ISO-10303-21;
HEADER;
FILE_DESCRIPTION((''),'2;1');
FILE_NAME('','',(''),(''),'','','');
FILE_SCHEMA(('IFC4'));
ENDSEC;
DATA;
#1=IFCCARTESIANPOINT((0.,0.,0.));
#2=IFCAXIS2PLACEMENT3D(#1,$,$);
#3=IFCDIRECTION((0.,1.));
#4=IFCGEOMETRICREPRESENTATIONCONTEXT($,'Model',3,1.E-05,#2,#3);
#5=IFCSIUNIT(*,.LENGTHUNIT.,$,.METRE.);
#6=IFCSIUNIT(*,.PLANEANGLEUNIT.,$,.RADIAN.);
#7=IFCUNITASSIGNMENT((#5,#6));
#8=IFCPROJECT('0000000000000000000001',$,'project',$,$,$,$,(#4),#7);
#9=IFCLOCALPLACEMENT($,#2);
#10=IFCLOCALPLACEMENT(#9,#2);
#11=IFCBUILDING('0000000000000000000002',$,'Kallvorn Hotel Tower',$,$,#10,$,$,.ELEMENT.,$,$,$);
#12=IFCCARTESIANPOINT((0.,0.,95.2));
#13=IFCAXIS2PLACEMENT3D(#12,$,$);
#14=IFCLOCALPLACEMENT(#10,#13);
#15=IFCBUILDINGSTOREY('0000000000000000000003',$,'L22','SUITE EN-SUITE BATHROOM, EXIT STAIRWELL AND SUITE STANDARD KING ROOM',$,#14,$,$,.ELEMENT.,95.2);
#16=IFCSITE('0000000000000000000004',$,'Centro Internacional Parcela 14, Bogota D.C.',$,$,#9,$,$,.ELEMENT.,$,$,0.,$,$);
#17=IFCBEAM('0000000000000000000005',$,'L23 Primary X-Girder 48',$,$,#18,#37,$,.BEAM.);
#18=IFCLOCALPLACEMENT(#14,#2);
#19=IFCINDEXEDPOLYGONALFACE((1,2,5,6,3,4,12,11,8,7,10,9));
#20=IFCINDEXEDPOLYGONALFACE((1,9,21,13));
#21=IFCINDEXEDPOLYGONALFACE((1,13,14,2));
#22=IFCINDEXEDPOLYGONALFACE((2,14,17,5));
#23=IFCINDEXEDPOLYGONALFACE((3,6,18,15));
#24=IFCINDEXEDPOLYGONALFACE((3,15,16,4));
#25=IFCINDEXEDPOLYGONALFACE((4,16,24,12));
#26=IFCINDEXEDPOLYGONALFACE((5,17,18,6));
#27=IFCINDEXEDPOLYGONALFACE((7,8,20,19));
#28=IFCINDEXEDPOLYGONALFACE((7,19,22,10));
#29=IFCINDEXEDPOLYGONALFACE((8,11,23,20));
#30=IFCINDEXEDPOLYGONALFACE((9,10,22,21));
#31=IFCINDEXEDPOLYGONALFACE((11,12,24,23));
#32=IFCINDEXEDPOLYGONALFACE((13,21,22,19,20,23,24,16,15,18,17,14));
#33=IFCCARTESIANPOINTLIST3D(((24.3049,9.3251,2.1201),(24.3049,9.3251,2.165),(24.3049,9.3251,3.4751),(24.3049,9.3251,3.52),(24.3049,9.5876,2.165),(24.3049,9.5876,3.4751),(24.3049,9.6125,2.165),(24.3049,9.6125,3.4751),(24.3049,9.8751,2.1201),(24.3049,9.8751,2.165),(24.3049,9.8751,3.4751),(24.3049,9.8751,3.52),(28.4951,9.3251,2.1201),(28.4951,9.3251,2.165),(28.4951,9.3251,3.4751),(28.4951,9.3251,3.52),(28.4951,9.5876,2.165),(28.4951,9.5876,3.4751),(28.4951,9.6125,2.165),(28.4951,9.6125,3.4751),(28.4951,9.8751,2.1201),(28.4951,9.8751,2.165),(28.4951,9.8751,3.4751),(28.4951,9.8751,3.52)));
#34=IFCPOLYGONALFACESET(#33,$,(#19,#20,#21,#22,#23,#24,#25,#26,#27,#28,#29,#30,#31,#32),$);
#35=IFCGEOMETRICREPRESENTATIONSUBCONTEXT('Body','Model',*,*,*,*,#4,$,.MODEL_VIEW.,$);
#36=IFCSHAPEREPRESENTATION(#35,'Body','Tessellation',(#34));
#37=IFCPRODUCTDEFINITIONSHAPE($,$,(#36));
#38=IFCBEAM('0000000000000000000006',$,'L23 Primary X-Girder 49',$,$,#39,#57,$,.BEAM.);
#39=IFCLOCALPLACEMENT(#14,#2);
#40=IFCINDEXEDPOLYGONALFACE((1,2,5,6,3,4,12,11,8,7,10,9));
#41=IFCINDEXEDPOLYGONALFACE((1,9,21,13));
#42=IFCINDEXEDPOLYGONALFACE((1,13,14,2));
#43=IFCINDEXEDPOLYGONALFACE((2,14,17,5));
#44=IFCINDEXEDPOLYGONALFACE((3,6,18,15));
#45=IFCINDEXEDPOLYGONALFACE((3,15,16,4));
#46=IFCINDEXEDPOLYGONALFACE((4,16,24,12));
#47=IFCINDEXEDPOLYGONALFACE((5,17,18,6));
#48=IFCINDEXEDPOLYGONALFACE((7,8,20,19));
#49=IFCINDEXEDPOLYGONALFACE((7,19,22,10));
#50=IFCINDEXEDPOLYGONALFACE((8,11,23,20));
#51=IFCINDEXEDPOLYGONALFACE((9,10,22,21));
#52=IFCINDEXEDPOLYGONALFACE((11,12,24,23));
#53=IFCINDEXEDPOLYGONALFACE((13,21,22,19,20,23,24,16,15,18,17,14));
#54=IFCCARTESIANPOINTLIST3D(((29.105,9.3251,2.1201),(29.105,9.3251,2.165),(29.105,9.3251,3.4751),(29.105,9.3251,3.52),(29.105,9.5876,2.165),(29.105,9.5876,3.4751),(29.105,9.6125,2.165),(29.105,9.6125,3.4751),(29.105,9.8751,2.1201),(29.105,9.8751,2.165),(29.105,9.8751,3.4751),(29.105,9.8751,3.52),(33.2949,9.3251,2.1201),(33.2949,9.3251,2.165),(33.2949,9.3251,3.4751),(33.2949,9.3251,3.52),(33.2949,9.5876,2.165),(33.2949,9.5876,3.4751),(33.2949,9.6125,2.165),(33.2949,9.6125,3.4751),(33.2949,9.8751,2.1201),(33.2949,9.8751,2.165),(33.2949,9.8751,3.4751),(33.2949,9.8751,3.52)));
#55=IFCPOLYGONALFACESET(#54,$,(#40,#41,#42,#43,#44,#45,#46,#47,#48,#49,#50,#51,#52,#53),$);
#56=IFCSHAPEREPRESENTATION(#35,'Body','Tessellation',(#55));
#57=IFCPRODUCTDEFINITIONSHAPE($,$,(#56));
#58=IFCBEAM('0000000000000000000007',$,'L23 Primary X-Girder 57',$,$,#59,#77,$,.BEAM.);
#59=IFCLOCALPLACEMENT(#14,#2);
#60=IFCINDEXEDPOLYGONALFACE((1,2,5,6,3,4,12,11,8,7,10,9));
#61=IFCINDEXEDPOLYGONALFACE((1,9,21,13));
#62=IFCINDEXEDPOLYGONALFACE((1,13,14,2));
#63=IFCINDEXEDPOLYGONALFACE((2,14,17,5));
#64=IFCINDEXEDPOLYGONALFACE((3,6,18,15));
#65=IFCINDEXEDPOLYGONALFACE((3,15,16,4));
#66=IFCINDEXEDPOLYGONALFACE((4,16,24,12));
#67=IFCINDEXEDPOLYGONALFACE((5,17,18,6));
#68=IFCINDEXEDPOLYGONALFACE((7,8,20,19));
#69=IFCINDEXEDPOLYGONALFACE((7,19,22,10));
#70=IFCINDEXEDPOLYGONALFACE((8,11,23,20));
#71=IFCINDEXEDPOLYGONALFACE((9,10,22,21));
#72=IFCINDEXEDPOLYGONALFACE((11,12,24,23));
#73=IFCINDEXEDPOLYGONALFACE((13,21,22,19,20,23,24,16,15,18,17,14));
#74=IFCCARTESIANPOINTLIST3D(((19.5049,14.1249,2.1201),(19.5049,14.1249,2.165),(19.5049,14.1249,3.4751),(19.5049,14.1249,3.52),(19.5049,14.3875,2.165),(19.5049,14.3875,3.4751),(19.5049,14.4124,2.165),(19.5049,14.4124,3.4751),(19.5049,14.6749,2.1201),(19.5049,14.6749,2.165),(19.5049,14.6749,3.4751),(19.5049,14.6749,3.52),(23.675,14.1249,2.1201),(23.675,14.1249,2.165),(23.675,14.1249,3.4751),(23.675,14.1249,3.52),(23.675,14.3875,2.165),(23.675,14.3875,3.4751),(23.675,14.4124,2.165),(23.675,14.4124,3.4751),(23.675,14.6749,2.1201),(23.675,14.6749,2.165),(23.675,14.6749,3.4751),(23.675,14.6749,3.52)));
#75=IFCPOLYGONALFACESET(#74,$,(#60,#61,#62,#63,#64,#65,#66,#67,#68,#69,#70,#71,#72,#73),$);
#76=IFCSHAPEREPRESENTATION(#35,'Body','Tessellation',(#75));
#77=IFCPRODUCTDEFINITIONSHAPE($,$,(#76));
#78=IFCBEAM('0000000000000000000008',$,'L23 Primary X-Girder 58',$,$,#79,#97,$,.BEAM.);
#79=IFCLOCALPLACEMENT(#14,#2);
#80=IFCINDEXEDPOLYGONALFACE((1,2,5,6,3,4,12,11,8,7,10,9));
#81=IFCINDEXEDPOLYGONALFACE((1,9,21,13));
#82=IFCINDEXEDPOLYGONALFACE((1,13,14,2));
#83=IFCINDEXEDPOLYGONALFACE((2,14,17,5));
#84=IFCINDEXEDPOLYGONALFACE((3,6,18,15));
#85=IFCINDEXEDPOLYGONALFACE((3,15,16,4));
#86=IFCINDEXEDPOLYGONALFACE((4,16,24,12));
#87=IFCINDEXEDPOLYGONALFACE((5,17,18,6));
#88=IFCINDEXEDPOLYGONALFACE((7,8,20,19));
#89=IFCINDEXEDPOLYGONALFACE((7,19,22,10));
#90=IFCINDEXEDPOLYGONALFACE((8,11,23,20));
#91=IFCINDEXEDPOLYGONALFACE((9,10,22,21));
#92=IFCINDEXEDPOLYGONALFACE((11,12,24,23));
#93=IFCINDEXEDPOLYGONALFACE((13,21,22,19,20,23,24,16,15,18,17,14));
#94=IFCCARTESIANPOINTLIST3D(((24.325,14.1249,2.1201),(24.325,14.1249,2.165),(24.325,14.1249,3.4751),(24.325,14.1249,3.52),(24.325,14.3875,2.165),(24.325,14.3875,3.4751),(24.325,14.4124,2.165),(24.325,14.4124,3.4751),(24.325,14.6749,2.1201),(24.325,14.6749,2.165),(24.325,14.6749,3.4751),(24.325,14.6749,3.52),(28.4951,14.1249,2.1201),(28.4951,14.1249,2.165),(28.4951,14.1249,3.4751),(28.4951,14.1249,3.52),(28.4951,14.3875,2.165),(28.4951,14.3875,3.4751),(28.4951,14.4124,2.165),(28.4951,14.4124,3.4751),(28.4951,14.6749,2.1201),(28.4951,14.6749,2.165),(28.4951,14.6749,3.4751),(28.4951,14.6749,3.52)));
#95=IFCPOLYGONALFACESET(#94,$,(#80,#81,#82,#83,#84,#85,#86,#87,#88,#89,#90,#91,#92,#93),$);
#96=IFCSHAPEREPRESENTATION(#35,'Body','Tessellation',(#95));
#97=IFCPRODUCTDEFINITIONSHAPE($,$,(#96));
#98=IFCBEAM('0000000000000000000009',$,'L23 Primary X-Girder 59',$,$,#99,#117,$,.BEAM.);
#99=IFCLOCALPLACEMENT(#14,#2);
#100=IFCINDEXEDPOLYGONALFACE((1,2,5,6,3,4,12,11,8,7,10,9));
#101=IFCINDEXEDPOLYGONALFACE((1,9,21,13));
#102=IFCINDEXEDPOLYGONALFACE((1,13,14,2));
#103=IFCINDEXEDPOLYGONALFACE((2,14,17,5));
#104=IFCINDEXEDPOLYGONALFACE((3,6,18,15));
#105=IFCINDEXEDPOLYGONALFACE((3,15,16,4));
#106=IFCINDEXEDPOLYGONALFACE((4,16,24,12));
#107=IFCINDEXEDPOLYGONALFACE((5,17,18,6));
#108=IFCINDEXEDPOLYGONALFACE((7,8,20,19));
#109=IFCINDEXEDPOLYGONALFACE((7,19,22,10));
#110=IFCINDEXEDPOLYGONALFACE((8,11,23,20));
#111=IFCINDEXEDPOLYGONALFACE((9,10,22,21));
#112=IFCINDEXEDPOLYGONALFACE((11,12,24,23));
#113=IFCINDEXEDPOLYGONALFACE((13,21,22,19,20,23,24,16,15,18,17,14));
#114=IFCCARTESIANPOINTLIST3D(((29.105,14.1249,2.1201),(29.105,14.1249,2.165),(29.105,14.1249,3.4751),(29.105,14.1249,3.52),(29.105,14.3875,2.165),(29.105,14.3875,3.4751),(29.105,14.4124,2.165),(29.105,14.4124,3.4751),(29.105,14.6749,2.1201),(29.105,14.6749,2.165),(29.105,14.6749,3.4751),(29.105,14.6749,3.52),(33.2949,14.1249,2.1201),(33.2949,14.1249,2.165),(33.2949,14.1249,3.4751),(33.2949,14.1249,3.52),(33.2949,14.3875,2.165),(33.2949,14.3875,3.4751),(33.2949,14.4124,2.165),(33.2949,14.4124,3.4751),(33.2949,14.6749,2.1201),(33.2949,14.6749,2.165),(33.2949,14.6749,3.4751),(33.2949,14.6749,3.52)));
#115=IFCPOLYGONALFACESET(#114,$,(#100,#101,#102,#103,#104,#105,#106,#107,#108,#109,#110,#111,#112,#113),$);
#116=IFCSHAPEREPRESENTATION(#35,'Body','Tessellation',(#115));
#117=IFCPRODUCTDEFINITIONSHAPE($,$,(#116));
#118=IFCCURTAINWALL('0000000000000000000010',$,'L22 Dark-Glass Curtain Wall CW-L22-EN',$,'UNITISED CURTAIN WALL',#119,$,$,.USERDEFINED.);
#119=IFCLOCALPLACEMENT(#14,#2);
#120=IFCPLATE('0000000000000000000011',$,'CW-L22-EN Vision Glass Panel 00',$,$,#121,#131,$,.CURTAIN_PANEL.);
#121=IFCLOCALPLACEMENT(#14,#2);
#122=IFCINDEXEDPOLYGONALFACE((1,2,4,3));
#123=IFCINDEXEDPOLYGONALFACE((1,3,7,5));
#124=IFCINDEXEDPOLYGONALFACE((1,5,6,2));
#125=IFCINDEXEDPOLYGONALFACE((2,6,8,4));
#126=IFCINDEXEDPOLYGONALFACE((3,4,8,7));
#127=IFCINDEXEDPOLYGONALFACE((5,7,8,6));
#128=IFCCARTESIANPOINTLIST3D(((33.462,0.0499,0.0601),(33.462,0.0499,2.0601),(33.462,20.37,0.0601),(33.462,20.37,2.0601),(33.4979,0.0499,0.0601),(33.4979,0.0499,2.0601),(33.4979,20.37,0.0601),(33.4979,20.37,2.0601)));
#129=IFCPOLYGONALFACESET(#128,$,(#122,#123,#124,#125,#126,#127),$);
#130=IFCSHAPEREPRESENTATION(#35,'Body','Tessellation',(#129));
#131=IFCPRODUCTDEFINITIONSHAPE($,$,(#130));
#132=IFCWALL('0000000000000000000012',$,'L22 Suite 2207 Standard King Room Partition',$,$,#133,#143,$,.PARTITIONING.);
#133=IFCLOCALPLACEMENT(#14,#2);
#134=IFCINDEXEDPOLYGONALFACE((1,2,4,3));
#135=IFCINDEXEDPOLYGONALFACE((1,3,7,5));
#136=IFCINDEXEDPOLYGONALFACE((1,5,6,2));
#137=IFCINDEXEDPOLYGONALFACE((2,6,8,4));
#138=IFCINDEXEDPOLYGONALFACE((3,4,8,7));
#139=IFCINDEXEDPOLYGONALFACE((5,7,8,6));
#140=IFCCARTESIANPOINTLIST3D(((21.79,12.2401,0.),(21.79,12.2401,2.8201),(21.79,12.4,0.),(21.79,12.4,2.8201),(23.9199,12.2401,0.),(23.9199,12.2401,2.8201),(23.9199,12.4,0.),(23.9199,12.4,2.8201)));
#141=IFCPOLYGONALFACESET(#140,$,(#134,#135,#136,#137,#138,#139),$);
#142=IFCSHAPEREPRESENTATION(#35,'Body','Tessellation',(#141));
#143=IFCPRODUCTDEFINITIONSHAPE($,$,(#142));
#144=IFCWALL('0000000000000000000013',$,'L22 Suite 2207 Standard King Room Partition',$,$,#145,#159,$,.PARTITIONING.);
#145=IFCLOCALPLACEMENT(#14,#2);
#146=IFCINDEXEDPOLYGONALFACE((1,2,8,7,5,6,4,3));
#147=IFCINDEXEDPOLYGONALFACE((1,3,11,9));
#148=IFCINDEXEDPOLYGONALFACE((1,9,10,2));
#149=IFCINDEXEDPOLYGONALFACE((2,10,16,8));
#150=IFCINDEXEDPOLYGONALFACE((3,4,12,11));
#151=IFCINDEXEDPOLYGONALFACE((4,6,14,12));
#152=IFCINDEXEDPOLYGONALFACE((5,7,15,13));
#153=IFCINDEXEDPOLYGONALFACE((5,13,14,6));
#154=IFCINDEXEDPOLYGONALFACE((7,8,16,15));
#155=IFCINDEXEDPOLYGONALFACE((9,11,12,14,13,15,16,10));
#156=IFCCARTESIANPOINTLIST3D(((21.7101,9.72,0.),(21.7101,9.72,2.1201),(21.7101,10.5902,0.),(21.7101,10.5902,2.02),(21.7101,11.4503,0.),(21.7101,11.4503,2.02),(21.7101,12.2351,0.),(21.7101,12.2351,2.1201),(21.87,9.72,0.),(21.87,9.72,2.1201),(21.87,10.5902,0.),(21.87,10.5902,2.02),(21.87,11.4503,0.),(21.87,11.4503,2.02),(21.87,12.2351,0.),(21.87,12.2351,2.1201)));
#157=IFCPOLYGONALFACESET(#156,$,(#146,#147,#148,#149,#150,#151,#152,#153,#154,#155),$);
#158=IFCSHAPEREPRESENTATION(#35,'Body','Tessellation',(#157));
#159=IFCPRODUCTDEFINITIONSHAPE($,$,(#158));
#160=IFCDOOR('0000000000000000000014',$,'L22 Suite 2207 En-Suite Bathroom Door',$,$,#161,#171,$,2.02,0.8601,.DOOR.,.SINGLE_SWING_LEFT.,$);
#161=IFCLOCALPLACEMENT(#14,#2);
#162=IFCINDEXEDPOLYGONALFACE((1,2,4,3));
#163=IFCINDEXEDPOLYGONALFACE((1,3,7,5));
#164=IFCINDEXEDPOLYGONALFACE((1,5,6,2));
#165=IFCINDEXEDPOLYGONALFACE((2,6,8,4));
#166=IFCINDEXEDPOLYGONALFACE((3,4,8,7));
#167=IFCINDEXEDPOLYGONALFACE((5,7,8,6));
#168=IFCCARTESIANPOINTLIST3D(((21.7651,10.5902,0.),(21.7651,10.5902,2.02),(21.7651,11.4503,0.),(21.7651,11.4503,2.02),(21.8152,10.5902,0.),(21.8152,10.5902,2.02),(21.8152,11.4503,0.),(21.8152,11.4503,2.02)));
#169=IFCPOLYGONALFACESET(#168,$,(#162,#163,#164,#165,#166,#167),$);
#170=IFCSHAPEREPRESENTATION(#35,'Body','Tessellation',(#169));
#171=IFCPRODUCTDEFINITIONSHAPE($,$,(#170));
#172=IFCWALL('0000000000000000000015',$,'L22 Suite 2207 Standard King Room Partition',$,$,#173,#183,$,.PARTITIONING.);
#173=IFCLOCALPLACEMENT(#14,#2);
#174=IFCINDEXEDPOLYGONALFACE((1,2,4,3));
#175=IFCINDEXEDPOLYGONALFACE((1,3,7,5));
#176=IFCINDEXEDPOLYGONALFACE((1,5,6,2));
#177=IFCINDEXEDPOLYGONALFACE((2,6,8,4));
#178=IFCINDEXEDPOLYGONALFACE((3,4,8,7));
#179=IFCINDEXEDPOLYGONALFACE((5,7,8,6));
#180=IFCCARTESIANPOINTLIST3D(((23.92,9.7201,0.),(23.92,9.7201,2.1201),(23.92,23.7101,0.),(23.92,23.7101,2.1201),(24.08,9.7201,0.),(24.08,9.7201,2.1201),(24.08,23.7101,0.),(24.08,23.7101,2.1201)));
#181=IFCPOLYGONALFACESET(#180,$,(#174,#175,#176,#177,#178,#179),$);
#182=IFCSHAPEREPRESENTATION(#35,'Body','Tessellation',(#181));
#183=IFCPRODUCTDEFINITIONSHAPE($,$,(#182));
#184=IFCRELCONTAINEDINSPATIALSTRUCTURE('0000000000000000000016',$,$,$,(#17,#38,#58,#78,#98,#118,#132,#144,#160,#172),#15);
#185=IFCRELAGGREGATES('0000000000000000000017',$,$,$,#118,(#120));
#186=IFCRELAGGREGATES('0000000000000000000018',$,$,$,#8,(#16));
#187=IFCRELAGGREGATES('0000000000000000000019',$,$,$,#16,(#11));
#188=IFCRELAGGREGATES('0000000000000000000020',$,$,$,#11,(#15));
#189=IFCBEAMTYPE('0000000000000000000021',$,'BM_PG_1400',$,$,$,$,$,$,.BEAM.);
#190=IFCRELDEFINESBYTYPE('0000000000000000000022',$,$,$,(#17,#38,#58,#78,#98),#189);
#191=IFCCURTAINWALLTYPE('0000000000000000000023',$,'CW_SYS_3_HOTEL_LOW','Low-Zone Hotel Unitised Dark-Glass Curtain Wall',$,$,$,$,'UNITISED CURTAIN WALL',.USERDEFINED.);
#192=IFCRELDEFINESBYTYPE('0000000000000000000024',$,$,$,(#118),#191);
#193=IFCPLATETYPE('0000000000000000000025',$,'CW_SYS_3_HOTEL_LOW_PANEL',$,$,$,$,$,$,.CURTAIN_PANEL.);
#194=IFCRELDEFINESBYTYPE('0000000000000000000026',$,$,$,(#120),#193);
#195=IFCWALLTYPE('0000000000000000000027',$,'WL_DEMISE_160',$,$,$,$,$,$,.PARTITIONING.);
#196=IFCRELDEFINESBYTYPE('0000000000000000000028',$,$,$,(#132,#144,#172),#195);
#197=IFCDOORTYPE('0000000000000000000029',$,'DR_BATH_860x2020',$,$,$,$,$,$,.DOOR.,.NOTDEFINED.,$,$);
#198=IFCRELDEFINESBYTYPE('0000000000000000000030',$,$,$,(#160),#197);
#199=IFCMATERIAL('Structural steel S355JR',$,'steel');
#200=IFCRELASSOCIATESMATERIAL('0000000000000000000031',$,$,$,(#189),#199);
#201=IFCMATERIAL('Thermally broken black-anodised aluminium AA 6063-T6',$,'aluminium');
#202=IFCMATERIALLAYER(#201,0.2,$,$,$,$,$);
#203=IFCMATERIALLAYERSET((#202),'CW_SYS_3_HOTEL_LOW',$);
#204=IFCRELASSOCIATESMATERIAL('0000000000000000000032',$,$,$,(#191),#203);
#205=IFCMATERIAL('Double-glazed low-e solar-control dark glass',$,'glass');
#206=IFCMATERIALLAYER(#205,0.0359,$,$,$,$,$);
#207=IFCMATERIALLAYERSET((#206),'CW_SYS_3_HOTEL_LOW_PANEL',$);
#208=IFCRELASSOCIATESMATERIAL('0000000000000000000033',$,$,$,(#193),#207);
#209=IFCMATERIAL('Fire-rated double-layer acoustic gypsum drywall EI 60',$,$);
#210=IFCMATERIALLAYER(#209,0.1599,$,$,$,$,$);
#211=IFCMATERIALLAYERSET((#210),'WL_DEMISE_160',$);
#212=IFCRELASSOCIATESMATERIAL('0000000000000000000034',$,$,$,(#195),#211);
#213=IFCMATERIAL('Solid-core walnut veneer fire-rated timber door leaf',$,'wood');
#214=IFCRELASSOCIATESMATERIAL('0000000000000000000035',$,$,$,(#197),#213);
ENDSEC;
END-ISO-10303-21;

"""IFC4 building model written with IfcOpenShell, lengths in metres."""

from ifc_helpers import new_model, si_unit, direction, frame, frame_2d, origin, origin_2d, place, context, subcontext, project, spatial, rectangle, i_section, extrude, material, layer, layer_set, material_profile, profile_set, type_object, element, fill, aggregate, save


model = new_model("IFC4")

# Units and contexts
model_context = context("Model", 3, precision=1e-05, world=origin(), true_north=direction((0.0, 1.0)))
body_context = subcontext(model_context, "Body", "Model", "MODEL_VIEW")
ifc_project = project(units=[si_unit("LENGTHUNIT", "METRE"), si_unit("PLANEANGLEUNIT", "RADIAN")], contexts=[model_context])

# Site, building, storey
site_placement = place(None, origin())
site = spatial("IfcSite", under=ifc_project, at=site_placement, Name="Centro Internacional Parcela 14, Bogota D.C.", CompositionType="ELEMENT", RefElevation=0.0)
building_placement = place(site_placement, origin())
building = spatial("IfcBuilding", under=site, at=building_placement, Name="Kallvorn Hotel Tower", CompositionType="ELEMENT")
storey_placement = place(building_placement, frame((0.0, 0.0, 95.2)))
storey = spatial("IfcBuildingStorey", under=building, at=storey_placement, Name="L22", Description="SUITE EN-SUITE BATHROOM, EXIT STAIRWELL AND SUITE STANDARD KING ROOM", CompositionType="ELEMENT", Elevation=95.2)

# Beams
ifc_material_1 = material(Name="Structural steel S355JR", Category="steel")
ifc_material_profile_1 = material_profile(ifc_material_1, i_section(OverallWidth=0.55, OverallDepth=1.3999, WebThickness=0.0249, FlangeThickness=0.0449, at=origin_2d()), Name="PG 1400x550x25x45")
ifc_profile_set_1 = profile_set([ifc_material_profile_1], Name="Structural steel S355JR")
beam_type_1 = type_object("IfcBeamType", Name="BM_PG_1400", PredefinedType="BEAM", material=ifc_profile_set_1)
for number, where, z_axis, x_axis, name in (
    (1, (24.3049, 9.6001, 2.8201), (1.0, 0.0, 0.0), (0.0, 1.0, 0.0), "L23 Primary X-Girder 48"),
):
    element("IfcBeam", number, at=place(storey_placement, frame(where, z_axis=z_axis, x_axis=x_axis)), inside=storey, type_object=beam_type_1, Name=name, PredefinedType="BEAM", context=body_context, shape_type="SweptSolid", body=[
        extrude(i_section(OverallWidth=0.55, OverallDepth=1.3999, WebThickness=0.0249, FlangeThickness=0.0449, at=origin_2d()), origin(), (0.0, 0.0, 1.0), 4.1902),
    ])
beam_1_placement = place(storey_placement, frame((29.105, 9.6001, 2.8201), z_axis=(1.0, 0.0, 0.0), x_axis=(0.0, 1.0, 0.0)))
element("IfcBeam", 2, at=beam_1_placement, inside=storey, type_object=beam_type_1, Name="L23 Primary X-Girder 49", PredefinedType="BEAM", context=body_context, shape_type="SweptSolid", body=[
    extrude(i_section(OverallWidth=0.55, OverallDepth=1.3999, WebThickness=0.0249, FlangeThickness=0.0449, at=origin_2d()), origin(), (0.0, 0.0, 1.0), 4.1899),
])
for number, where, z_axis, x_axis, name in (
    (3, (19.5049, 14.3999, 2.8201), (1.0, 0.0, 0.0), (0.0, 1.0, 0.0), "L23 Primary X-Girder 57"),
    (4, (24.325, 14.3999, 2.8201), (1.0, 0.0, 0.0), (0.0, 1.0, 0.0), "L23 Primary X-Girder 58"),
):
    element("IfcBeam", number, at=place(storey_placement, frame(where, z_axis=z_axis, x_axis=x_axis)), inside=storey, type_object=beam_type_1, Name=name, PredefinedType="BEAM", context=body_context, shape_type="SweptSolid", body=[
        extrude(i_section(OverallWidth=0.55, OverallDepth=1.3999, WebThickness=0.0249, FlangeThickness=0.0449, at=origin_2d()), origin(), (0.0, 0.0, 1.0), 4.1702),
    ])
beam_2_placement = place(storey_placement, frame((29.105, 14.3999, 2.8201), z_axis=(1.0, 0.0, 0.0), x_axis=(0.0, 1.0, 0.0)))
element("IfcBeam", 5, at=beam_2_placement, inside=storey, type_object=beam_type_1, Name="L23 Primary X-Girder 59", PredefinedType="BEAM", context=body_context, shape_type="SweptSolid", body=[
    extrude(i_section(OverallWidth=0.55, OverallDepth=1.3999, WebThickness=0.0249, FlangeThickness=0.0449, at=origin_2d()), origin(), (0.0, 0.0, 1.0), 4.1899),
])

# Curtain wall, plate
ifc_material_2 = material(Name="Thermally broken black-anodised aluminium AA 6063-T6", Category="aluminium")
ifc_layer_1 = layer(ifc_material_2, 0.2)
ifc_layer_set_1 = layer_set([ifc_layer_1], Name="CW_SYS_3_HOTEL_LOW")
curtain_wall_type = type_object("IfcCurtainWallType", Name="CW_SYS_3_HOTEL_LOW", Description="Low-Zone Hotel Unitised Dark-Glass Curtain Wall", ElementType="UNITISED CURTAIN WALL", PredefinedType="USERDEFINED", material=ifc_layer_set_1)
curtain_wall_placement = place(storey_placement, origin())
curtain_wall = element("IfcCurtainWall", 6, at=curtain_wall_placement, inside=storey, type_object=curtain_wall_type, Name="L22 Dark-Glass Curtain Wall CW-L22-EN", ObjectType="UNITISED CURTAIN WALL", PredefinedType="USERDEFINED")
ifc_material_3 = material(Name="Double-glazed low-e solar-control dark glass", Category="glass")
ifc_layer_2 = layer(ifc_material_3, 0.0359)
ifc_layer_set_2 = layer_set([ifc_layer_2], Name="CW_SYS_3_HOTEL_LOW_PANEL")
plate_type = type_object("IfcPlateType", Name="CW_SYS_3_HOTEL_LOW_PANEL", PredefinedType="CURTAIN_PANEL", material=ifc_layer_set_2)
plate_placement = place(storey_placement, frame((33.48, 10.21, 0.0601), z_axis=(0.0, 0.0, 1.0), x_axis=(0.0, 1.0, 0.0)))
plate = element("IfcPlate", 7, at=plate_placement, type_object=plate_type, Name="CW-L22-EN Vision Glass Panel 00", PredefinedType="CURTAIN_PANEL", context=body_context, shape_type="SweptSolid", body=[
    extrude(rectangle(XDim=20.3201, YDim=0.0359, at=origin_2d()), origin(), (0.0, 0.0, 1.0), 2.0),
])
aggregate(curtain_wall, [plate])

# Wall
ifc_material_4 = material(Name="Fire-rated double-layer acoustic gypsum drywall EI 60")
ifc_layer_3 = layer(ifc_material_4, 0.1599)
ifc_layer_set_3 = layer_set([ifc_layer_3], Name="WL_DEMISE_160")
wall_type_1 = type_object("IfcWallType", Name="WL_DEMISE_160", PredefinedType="PARTITIONING", material=ifc_layer_set_3)
wall_1_placement = place(storey_placement, frame((21.79, 12.3201, 0.0), z_axis=(0.0, 0.0, 1.0), x_axis=(1.0, 0.0, 0.0)))
element("IfcWall", 8, at=wall_1_placement, inside=storey, type_object=wall_type_1, Name="L22 Suite 2207 Standard King Room Partition", PredefinedType="PARTITIONING", context=body_context, shape_type="SweptSolid", body=[
    extrude(rectangle(XDim=2.1299, YDim=0.1599, at=frame_2d((1.0649, 0.0))), origin(), (0.0, 0.0, 1.0), 2.8201),
])

# Wall, opening, door
wall_2_placement = place(storey_placement, frame((21.79, 9.72, 0.0), z_axis=(0.0, 0.0, 1.0), x_axis=(0.0, 1.0, 0.0)))
wall_2 = element("IfcWall", 9, at=wall_2_placement, inside=storey, type_object=wall_type_1, Name="L22 Suite 2207 Standard King Room Partition", PredefinedType="PARTITIONING", context=body_context, shape_type="SweptSolid", body=[
    extrude(rectangle(XDim=2.5151, YDim=0.1599, at=frame_2d((1.2576, 0.0))), origin(), (0.0, 0.0, 1.0), 2.1201),
])
opening_1_placement = place(wall_2_placement, frame((0.8701, 0.0, 0.0)))
opening_1 = element("IfcOpeningElement", 10, at=opening_1_placement, cuts=wall_2, PredefinedType="OPENING", context=body_context, shape_type="SweptSolid", body=[
    extrude(rectangle(XDim=0.8601, YDim=2.02, at=frame_2d((0.4302, 1.01))), frame((0.0, 0.095, 0.0), z_axis=(0.0, -1.0, 0.0), x_axis=(1.0, 0.0, 0.0)), (0.0, 0.0, 1.0), 0.1899),
])
ifc_material_5 = material(Name="Solid-core walnut veneer fire-rated timber door leaf", Category="wood")
door_type_1 = type_object("IfcDoorType", Name="DR_BATH_860x2020", OperationType="NOTDEFINED", PredefinedType="DOOR", material=ifc_material_5)
door_1_placement = place(opening_1_placement, origin())
door_1 = element("IfcDoor", 11, at=door_1_placement, inside=storey, type_object=door_type_1, Name="L22 Suite 2207 En-Suite Bathroom Door", OperationType="SINGLE_SWING_LEFT", OverallHeight=2.02, OverallWidth=0.8601, PredefinedType="DOOR", context=body_context, shape_type="SweptSolid", body=[
    extrude(rectangle(XDim=0.8601, YDim=2.02, at=frame_2d((0.4302, 1.01))), frame((0.0, 0.0249, 0.0), z_axis=(0.0, -1.0, 0.0), x_axis=(1.0, 0.0, 0.0)), (0.0, 0.0, 1.0), 0.05),
])
fill(opening_1, door_1)

# Wall
wall_3_placement = place(storey_placement, frame((24.0, 9.72, 0.0), z_axis=(0.0, 0.0, 1.0), x_axis=(0.0, 1.0, 0.0)))
element("IfcWall", 12, at=wall_3_placement, inside=storey, type_object=wall_type_1, Name="L22 Suite 2207 Standard King Room Partition", PredefinedType="PARTITIONING", context=body_context, shape_type="SweptSolid", body=[
    extrude(rectangle(XDim=13.99, YDim=0.1599, at=frame_2d((6.9951, 0.0))), origin(), (0.0, 0.0, 1.0), 2.1201),
])

save(model, "model.ifc")
